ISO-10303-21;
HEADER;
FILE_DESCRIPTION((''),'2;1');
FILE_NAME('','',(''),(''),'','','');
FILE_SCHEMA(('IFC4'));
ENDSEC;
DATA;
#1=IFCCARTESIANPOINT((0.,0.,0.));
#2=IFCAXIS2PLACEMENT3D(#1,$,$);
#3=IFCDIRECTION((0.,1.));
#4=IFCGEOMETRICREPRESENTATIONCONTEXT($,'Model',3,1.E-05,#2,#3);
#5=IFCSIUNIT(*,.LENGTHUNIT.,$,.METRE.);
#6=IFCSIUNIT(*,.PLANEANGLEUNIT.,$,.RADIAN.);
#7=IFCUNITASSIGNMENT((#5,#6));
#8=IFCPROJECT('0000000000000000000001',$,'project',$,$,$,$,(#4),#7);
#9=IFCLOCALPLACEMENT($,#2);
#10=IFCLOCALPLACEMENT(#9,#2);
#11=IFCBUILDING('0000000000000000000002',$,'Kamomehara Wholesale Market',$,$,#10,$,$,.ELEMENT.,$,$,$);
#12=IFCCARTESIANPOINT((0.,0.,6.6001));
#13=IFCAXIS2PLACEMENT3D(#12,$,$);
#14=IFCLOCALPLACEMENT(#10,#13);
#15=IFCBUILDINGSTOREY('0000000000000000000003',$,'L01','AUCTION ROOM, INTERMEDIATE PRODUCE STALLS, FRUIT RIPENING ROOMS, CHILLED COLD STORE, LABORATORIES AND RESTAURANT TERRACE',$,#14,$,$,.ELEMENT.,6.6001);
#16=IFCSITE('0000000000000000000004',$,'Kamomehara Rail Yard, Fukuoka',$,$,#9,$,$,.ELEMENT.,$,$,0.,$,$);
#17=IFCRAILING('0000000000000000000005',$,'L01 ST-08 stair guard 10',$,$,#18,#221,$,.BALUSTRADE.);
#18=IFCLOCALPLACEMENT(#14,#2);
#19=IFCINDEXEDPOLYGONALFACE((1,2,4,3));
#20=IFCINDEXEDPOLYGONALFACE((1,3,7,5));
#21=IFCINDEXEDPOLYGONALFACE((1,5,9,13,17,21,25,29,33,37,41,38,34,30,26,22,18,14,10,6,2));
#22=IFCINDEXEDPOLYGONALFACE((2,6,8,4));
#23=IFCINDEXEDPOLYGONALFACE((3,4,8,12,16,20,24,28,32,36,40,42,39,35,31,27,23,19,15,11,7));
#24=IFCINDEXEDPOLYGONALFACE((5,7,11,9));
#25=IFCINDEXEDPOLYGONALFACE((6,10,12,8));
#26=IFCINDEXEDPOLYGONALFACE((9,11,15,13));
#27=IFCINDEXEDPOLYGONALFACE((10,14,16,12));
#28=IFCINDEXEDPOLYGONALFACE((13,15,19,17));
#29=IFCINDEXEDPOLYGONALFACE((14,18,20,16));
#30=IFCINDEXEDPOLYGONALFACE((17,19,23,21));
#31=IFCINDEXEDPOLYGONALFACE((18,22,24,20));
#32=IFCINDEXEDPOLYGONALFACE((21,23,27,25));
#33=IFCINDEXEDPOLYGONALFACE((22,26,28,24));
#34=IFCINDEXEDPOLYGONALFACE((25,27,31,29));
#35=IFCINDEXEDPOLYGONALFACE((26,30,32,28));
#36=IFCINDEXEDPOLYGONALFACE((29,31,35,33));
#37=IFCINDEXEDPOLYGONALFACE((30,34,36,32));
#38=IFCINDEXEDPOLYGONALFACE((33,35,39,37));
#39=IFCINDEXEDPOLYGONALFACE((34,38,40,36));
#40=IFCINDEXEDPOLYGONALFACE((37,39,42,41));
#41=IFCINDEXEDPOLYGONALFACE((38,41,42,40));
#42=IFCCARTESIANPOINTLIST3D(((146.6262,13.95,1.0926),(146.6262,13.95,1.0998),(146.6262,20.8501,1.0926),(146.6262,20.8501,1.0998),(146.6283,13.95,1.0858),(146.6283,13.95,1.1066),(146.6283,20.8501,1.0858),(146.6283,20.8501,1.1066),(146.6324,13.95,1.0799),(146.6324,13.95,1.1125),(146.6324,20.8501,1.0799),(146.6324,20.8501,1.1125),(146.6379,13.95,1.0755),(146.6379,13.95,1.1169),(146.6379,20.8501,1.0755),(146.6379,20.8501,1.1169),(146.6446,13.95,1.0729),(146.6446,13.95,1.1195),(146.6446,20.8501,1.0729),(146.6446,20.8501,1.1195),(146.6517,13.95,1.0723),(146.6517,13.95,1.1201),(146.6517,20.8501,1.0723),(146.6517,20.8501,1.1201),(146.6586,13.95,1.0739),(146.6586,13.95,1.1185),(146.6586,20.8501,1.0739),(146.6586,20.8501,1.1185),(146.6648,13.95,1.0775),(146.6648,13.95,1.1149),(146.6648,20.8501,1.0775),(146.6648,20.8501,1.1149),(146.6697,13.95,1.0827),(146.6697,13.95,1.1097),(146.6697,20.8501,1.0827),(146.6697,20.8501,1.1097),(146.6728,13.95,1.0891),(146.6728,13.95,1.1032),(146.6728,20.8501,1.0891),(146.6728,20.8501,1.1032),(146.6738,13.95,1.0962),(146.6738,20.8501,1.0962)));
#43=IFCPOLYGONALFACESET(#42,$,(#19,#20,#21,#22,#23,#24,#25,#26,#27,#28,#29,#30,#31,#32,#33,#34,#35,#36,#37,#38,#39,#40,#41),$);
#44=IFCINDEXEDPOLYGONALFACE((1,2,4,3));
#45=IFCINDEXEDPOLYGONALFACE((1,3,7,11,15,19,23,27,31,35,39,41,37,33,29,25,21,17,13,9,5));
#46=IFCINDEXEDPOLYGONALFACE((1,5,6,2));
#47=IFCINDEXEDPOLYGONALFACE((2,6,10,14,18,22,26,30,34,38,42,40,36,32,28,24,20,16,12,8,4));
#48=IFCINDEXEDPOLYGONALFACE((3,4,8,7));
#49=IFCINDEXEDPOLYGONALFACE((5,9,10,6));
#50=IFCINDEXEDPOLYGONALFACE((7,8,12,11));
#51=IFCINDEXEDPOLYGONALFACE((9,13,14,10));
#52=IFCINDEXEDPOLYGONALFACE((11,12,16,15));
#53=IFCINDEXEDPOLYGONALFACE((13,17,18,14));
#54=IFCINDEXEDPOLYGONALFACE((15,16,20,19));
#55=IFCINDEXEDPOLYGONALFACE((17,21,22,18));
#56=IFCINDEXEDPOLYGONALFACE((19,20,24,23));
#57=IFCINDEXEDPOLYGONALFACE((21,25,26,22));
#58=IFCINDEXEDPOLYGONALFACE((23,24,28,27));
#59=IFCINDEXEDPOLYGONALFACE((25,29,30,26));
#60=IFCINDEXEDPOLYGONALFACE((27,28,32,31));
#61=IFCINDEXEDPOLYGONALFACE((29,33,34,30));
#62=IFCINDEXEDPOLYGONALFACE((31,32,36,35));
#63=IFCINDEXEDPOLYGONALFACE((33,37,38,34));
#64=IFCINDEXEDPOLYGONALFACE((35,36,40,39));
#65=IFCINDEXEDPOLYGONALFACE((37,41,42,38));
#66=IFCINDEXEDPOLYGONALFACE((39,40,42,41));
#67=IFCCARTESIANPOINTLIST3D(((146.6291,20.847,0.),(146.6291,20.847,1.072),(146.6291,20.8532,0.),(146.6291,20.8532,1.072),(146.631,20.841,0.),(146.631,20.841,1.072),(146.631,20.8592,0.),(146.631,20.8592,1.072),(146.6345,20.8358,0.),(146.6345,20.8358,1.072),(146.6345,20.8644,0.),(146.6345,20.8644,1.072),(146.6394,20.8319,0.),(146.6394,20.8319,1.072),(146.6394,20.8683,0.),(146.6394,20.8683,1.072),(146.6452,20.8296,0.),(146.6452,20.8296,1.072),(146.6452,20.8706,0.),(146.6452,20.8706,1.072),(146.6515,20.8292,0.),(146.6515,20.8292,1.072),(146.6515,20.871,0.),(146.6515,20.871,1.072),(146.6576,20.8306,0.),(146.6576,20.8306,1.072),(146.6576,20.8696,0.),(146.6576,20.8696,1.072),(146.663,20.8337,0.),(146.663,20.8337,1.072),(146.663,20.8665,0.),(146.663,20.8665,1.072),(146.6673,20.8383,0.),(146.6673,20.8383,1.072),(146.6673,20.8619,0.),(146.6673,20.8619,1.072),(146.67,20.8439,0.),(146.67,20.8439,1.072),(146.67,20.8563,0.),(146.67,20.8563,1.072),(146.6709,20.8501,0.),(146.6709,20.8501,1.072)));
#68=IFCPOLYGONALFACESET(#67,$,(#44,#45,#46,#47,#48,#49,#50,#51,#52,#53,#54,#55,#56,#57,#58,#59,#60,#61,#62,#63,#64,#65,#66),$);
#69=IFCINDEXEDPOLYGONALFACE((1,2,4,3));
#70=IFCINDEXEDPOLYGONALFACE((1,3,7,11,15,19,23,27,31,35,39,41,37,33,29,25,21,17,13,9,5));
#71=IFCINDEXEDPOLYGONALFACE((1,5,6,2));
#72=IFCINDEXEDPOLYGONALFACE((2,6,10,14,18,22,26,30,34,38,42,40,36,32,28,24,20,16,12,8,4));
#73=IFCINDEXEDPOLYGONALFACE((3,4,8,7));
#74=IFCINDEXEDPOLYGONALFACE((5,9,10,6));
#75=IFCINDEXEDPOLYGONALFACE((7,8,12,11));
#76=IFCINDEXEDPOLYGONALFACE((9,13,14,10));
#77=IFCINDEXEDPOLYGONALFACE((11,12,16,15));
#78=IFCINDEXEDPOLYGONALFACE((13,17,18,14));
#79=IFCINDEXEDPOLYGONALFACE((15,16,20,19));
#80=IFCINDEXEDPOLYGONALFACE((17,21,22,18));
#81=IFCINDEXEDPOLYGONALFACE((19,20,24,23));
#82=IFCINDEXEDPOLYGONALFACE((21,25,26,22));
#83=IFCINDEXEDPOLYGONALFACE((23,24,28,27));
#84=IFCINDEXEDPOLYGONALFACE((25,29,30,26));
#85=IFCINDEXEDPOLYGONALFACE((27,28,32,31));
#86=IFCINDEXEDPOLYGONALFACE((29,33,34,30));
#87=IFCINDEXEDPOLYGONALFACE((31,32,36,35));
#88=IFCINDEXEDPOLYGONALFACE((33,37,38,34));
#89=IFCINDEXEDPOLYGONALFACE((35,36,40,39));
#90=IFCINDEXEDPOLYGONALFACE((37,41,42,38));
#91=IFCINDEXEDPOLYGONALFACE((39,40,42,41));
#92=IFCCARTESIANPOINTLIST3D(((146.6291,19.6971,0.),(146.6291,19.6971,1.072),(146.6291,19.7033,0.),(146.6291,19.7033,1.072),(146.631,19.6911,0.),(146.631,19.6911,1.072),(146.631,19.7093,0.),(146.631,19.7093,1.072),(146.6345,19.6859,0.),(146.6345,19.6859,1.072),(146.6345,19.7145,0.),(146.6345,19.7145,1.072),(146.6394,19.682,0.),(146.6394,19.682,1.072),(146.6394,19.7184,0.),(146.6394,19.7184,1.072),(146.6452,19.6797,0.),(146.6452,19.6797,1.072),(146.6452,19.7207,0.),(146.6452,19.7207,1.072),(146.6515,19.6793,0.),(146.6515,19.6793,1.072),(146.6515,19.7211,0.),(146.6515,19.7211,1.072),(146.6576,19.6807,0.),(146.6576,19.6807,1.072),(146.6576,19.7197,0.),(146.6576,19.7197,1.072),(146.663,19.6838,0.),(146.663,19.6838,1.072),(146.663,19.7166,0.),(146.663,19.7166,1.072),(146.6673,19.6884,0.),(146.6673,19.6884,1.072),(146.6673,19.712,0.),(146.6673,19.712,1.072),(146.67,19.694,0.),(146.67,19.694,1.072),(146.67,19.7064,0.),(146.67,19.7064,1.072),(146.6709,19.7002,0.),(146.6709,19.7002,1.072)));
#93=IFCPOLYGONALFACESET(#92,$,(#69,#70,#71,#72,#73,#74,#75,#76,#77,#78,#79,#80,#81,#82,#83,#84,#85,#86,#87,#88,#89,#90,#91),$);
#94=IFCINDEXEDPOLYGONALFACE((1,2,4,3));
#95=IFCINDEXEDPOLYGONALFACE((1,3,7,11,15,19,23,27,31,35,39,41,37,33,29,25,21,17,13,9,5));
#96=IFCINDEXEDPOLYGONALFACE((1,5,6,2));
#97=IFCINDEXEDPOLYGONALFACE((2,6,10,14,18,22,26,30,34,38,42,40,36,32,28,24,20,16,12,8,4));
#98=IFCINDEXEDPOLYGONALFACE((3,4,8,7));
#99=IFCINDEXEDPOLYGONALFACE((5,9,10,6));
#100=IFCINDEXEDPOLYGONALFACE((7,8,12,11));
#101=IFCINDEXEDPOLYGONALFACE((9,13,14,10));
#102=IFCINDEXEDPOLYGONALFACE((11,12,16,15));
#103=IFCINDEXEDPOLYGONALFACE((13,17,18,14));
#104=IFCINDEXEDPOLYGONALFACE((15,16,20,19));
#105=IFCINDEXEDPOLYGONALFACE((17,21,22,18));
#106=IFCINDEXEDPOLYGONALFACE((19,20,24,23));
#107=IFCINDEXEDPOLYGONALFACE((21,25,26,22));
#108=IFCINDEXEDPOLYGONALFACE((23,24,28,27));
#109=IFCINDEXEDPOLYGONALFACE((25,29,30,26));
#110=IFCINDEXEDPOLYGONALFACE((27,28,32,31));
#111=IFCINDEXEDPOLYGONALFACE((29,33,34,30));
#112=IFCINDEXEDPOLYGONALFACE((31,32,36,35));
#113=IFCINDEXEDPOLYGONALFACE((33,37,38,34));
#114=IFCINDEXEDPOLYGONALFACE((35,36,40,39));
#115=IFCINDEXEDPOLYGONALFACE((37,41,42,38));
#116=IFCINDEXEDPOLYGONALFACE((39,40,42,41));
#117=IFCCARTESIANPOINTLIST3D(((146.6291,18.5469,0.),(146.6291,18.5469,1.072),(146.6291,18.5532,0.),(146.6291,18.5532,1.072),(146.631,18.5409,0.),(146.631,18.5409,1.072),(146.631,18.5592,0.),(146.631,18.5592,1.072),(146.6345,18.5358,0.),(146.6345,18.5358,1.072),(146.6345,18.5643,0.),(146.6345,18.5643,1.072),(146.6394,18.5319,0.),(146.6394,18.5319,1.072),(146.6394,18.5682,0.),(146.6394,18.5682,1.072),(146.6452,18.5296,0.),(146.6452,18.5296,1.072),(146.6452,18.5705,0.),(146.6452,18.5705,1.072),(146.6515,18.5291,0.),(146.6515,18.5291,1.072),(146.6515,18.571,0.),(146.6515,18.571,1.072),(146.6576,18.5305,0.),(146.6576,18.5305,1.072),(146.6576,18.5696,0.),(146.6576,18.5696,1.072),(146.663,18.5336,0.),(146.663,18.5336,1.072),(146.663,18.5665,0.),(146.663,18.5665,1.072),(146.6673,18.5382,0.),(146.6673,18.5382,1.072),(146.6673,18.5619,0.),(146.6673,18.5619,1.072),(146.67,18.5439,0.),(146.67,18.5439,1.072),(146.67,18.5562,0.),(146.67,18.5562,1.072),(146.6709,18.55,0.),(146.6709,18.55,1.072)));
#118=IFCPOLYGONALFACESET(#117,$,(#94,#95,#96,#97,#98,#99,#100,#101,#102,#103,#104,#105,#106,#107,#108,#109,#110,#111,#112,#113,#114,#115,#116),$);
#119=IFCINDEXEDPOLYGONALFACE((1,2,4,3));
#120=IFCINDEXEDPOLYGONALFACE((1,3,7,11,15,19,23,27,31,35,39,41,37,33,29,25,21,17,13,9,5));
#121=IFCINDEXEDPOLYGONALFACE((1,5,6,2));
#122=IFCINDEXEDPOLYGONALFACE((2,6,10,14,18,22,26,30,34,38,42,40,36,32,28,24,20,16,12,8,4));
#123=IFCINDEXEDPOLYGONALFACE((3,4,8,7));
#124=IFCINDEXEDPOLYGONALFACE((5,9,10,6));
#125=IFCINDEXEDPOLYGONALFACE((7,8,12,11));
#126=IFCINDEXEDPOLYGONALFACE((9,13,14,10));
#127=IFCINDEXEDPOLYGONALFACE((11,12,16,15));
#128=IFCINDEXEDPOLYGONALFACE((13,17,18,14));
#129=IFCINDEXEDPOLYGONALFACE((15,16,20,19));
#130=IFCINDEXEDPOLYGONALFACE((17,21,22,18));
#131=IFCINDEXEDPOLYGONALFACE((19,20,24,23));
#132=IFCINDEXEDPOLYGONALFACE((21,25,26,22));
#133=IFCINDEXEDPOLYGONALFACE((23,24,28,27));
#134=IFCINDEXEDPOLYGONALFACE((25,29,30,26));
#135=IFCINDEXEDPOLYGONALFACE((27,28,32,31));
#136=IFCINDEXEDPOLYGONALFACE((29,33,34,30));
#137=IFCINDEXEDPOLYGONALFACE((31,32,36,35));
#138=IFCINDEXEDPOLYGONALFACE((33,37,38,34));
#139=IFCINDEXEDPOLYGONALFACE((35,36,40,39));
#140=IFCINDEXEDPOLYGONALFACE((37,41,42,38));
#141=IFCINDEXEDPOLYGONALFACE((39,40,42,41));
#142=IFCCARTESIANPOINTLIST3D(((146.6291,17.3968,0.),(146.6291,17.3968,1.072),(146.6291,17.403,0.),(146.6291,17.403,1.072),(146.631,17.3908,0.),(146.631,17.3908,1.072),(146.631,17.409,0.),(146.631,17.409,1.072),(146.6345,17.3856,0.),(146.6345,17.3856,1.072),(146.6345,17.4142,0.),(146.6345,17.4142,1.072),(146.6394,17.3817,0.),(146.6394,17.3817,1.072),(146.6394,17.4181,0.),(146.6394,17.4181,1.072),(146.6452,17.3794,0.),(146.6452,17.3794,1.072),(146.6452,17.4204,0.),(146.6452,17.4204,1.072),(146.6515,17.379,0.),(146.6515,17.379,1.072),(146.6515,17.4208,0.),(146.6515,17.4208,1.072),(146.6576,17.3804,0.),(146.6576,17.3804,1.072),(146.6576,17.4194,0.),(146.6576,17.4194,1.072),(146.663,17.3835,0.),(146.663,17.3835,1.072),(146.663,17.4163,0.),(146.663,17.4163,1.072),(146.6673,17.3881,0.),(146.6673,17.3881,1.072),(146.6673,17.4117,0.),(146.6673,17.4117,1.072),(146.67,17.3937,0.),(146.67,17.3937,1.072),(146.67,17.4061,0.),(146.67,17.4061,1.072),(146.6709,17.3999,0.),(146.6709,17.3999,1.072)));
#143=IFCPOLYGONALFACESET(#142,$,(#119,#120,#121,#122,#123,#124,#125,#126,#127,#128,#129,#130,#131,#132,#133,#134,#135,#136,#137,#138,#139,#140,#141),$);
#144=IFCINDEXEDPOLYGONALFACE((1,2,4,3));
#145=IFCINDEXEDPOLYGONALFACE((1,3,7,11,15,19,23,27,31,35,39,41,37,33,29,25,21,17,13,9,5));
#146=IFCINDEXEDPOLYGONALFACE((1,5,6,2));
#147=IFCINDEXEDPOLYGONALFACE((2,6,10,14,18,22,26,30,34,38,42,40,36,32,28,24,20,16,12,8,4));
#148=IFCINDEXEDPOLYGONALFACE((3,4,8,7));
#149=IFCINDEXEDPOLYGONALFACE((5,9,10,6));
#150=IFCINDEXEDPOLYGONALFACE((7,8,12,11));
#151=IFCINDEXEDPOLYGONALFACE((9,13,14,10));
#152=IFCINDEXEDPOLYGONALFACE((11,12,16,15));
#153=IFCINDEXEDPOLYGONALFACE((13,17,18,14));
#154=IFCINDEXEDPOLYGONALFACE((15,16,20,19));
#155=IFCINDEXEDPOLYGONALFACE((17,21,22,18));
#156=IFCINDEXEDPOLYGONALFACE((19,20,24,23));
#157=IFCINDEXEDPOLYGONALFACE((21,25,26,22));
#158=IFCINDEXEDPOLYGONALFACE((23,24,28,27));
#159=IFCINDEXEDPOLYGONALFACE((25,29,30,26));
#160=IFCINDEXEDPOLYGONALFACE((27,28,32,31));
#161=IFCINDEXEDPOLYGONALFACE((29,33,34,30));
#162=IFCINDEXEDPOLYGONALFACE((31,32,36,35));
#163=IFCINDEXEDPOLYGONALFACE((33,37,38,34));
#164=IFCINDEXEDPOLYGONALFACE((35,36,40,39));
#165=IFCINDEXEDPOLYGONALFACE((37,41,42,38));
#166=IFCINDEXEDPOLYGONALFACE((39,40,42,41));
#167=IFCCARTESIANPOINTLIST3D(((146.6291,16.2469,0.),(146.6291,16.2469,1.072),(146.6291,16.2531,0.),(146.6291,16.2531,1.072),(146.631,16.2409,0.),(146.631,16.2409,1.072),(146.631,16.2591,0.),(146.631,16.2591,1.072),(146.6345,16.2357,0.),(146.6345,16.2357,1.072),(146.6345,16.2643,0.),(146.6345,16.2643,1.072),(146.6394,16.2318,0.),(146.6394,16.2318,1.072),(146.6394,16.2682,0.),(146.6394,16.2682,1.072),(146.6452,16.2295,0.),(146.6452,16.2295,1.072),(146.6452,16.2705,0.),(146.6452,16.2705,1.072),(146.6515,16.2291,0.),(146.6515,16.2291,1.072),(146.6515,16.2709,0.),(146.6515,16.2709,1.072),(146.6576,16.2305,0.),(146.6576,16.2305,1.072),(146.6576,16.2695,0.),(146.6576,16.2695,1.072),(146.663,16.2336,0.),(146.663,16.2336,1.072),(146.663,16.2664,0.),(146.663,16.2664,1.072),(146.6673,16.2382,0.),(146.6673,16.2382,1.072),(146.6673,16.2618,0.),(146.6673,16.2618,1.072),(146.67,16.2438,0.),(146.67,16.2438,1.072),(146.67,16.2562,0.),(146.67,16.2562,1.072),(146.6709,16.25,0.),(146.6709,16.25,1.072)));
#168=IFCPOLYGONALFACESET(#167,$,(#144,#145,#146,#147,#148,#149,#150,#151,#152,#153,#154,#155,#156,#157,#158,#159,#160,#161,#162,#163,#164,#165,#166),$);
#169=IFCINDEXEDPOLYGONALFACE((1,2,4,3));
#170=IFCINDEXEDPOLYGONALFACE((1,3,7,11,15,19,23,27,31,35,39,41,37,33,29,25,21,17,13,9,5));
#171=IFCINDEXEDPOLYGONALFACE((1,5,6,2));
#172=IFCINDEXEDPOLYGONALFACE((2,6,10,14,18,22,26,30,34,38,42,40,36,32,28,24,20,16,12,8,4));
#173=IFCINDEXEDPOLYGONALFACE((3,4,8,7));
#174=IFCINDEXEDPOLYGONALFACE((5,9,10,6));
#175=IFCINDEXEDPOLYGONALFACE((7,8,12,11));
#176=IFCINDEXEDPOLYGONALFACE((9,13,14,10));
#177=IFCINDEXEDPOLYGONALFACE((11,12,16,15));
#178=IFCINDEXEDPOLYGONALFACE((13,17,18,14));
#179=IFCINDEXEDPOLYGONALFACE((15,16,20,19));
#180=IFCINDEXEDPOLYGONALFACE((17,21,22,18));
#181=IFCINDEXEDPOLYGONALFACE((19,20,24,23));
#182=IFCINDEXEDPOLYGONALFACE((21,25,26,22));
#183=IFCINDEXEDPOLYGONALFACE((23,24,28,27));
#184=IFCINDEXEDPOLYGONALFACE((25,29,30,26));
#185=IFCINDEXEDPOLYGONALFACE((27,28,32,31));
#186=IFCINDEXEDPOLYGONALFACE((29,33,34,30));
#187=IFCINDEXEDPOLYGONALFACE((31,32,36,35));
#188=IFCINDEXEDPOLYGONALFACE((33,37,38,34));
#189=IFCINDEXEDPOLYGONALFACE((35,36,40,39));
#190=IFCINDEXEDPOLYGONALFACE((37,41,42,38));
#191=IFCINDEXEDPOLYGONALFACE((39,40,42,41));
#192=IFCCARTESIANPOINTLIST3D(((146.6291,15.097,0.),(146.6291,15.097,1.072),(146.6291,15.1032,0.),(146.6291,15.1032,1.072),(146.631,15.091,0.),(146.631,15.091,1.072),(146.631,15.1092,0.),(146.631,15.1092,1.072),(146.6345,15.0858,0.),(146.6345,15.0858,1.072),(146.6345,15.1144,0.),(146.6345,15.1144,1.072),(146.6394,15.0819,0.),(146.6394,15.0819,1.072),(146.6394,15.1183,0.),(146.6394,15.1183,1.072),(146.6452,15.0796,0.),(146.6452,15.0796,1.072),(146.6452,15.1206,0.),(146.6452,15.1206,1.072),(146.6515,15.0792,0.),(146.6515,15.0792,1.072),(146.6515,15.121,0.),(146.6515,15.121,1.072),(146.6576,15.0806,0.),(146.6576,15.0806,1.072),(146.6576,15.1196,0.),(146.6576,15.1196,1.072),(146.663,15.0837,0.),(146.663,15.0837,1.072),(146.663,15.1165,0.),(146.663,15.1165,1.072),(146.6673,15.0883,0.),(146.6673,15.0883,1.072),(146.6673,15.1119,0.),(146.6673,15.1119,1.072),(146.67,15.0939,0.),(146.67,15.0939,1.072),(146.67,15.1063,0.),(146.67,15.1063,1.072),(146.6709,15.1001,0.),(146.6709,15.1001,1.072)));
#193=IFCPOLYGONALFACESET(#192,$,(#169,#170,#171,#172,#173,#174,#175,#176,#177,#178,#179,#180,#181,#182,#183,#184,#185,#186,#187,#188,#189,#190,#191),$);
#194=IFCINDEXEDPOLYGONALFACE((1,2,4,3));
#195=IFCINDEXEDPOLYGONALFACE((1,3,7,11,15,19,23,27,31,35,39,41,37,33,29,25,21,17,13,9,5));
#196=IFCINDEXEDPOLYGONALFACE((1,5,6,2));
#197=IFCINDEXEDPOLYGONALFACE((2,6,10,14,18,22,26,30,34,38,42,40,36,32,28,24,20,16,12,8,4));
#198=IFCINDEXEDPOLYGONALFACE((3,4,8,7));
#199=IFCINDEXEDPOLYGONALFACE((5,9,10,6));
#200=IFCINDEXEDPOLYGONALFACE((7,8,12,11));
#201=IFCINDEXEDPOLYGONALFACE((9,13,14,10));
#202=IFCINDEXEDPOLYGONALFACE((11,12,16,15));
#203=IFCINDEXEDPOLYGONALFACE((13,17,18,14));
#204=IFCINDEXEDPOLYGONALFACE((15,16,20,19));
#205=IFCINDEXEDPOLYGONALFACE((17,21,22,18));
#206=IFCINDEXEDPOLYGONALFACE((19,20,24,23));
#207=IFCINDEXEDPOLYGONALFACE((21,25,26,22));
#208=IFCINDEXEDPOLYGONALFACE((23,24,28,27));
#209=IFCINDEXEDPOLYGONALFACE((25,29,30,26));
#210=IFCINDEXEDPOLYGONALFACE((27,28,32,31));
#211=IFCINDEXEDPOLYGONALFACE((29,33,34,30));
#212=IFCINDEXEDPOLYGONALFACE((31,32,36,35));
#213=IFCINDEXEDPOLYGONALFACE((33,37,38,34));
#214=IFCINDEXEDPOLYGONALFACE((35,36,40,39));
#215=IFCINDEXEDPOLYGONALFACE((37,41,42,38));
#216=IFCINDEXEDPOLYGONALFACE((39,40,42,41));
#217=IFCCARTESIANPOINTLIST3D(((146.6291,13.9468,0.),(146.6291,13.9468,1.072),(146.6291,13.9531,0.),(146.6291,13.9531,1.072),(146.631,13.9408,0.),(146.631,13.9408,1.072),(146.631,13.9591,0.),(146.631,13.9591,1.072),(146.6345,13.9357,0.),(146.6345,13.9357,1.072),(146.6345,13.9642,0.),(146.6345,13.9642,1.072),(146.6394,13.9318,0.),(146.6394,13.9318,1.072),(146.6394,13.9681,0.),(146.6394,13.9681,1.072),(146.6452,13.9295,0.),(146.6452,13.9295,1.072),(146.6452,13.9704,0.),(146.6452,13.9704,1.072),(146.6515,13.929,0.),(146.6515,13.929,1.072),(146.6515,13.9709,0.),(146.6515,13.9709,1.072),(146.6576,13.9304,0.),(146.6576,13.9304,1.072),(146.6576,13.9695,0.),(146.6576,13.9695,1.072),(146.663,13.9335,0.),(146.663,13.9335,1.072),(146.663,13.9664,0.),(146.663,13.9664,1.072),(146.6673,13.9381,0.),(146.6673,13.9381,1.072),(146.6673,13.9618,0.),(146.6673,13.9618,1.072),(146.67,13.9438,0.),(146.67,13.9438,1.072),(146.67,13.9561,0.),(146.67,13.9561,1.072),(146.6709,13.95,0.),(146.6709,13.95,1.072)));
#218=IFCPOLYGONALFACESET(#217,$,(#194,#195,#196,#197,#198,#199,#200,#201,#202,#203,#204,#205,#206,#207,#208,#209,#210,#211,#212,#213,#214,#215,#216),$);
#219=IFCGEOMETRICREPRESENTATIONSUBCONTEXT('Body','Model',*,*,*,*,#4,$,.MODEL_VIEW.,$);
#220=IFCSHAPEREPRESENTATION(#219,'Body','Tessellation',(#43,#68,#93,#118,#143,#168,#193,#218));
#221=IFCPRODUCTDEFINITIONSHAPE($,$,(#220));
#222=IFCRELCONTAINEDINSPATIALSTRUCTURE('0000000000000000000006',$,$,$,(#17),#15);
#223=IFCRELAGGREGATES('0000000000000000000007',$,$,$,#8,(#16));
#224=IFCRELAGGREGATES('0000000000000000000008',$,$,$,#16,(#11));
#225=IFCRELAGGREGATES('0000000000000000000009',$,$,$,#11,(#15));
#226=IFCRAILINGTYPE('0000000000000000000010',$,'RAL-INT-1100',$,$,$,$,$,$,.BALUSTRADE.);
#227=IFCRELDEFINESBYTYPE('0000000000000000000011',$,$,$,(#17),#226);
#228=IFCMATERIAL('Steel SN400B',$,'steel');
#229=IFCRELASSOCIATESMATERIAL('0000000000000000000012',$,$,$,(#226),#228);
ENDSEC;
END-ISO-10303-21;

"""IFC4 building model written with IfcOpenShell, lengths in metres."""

from ifc_helpers import new_model, si_unit, direction, frame, origin, origin_2d, place, context, subcontext, project, spatial, circle, extrude, material, type_object, element, save


model = new_model("IFC4")

# Units and contexts
model_context = context("Model", 3, precision=1e-05, world=origin(), true_north=direction((0.0, 1.0)))
body_context = subcontext(model_context, "Body", "Model", "MODEL_VIEW")
ifc_project = project(units=[si_unit("LENGTHUNIT", "METRE"), si_unit("PLANEANGLEUNIT", "RADIAN")], contexts=[model_context])

# Site, building, storey
site_placement = place(None, origin())
site = spatial("IfcSite", under=ifc_project, at=site_placement, Name="Kamomehara Rail Yard, Fukuoka", CompositionType="ELEMENT", RefElevation=0.0)
building_placement = place(site_placement, origin())
building = spatial("IfcBuilding", under=site, at=building_placement, Name="Kamomehara Wholesale Market", CompositionType="ELEMENT")
storey_placement = place(building_placement, frame((0.0, 0.0, 6.6001)))
storey = spatial("IfcBuildingStorey", under=building, at=storey_placement, Name="L01", Description="AUCTION ROOM, INTERMEDIATE PRODUCE STALLS, FRUIT RIPENING ROOMS, CHILLED COLD STORE, LABORATORIES AND RESTAURANT TERRACE", CompositionType="ELEMENT", Elevation=6.6001)

# Railing
ifc_material_1 = material(Name="Steel SN400B", Category="steel")
railing_type_1 = type_object("IfcRailingType", Name="RAL-INT-1100", PredefinedType="BALUSTRADE", material=ifc_material_1)
railing_1_placement = place(storey_placement, frame((146.6499, 20.8501, 0.0)))
element("IfcRailing", 1, at=railing_1_placement, inside=storey, type_object=railing_type_1, Name="L01 ST-08 stair guard 10", PredefinedType="BALUSTRADE", context=body_context, shape_type="SweptSolid", body=[
    extrude(circle(Radius=0.0239, at=origin_2d()), frame((0.0, 0.0, 1.0962), z_axis=(0.0, -1.0, 0.0), x_axis=(1.0, 0.0, 0.0)), (0.0, 0.0, 1.0), 6.9001),
    extrude(circle(Radius=0.021, at=origin_2d()), origin(), (0.0, 0.0, 1.0), 1.072),
    extrude(circle(Radius=0.021, at=origin_2d()), frame((0.0, -1.1499, 0.0)), (0.0, 0.0, 1.0), 1.072),
    extrude(circle(Radius=0.021, at=origin_2d()), frame((0.0, -2.3, 0.0)), (0.0, 0.0, 1.0), 1.072),
    extrude(circle(Radius=0.021, at=origin_2d()), frame((0.0, -3.4502, 0.0)), (0.0, 0.0, 1.0), 1.072),
    extrude(circle(Radius=0.021, at=origin_2d()), frame((0.0, -4.6001, 0.0)), (0.0, 0.0, 1.0), 1.072),
    extrude(circle(Radius=0.021, at=origin_2d()), frame((0.0, -5.75, 0.0)), (0.0, 0.0, 1.0), 1.072),
    extrude(circle(Radius=0.021, at=origin_2d()), frame((0.0, -6.9001, 0.0)), (0.0, 0.0, 1.0), 1.072),
])

save(model, "model.ifc")
